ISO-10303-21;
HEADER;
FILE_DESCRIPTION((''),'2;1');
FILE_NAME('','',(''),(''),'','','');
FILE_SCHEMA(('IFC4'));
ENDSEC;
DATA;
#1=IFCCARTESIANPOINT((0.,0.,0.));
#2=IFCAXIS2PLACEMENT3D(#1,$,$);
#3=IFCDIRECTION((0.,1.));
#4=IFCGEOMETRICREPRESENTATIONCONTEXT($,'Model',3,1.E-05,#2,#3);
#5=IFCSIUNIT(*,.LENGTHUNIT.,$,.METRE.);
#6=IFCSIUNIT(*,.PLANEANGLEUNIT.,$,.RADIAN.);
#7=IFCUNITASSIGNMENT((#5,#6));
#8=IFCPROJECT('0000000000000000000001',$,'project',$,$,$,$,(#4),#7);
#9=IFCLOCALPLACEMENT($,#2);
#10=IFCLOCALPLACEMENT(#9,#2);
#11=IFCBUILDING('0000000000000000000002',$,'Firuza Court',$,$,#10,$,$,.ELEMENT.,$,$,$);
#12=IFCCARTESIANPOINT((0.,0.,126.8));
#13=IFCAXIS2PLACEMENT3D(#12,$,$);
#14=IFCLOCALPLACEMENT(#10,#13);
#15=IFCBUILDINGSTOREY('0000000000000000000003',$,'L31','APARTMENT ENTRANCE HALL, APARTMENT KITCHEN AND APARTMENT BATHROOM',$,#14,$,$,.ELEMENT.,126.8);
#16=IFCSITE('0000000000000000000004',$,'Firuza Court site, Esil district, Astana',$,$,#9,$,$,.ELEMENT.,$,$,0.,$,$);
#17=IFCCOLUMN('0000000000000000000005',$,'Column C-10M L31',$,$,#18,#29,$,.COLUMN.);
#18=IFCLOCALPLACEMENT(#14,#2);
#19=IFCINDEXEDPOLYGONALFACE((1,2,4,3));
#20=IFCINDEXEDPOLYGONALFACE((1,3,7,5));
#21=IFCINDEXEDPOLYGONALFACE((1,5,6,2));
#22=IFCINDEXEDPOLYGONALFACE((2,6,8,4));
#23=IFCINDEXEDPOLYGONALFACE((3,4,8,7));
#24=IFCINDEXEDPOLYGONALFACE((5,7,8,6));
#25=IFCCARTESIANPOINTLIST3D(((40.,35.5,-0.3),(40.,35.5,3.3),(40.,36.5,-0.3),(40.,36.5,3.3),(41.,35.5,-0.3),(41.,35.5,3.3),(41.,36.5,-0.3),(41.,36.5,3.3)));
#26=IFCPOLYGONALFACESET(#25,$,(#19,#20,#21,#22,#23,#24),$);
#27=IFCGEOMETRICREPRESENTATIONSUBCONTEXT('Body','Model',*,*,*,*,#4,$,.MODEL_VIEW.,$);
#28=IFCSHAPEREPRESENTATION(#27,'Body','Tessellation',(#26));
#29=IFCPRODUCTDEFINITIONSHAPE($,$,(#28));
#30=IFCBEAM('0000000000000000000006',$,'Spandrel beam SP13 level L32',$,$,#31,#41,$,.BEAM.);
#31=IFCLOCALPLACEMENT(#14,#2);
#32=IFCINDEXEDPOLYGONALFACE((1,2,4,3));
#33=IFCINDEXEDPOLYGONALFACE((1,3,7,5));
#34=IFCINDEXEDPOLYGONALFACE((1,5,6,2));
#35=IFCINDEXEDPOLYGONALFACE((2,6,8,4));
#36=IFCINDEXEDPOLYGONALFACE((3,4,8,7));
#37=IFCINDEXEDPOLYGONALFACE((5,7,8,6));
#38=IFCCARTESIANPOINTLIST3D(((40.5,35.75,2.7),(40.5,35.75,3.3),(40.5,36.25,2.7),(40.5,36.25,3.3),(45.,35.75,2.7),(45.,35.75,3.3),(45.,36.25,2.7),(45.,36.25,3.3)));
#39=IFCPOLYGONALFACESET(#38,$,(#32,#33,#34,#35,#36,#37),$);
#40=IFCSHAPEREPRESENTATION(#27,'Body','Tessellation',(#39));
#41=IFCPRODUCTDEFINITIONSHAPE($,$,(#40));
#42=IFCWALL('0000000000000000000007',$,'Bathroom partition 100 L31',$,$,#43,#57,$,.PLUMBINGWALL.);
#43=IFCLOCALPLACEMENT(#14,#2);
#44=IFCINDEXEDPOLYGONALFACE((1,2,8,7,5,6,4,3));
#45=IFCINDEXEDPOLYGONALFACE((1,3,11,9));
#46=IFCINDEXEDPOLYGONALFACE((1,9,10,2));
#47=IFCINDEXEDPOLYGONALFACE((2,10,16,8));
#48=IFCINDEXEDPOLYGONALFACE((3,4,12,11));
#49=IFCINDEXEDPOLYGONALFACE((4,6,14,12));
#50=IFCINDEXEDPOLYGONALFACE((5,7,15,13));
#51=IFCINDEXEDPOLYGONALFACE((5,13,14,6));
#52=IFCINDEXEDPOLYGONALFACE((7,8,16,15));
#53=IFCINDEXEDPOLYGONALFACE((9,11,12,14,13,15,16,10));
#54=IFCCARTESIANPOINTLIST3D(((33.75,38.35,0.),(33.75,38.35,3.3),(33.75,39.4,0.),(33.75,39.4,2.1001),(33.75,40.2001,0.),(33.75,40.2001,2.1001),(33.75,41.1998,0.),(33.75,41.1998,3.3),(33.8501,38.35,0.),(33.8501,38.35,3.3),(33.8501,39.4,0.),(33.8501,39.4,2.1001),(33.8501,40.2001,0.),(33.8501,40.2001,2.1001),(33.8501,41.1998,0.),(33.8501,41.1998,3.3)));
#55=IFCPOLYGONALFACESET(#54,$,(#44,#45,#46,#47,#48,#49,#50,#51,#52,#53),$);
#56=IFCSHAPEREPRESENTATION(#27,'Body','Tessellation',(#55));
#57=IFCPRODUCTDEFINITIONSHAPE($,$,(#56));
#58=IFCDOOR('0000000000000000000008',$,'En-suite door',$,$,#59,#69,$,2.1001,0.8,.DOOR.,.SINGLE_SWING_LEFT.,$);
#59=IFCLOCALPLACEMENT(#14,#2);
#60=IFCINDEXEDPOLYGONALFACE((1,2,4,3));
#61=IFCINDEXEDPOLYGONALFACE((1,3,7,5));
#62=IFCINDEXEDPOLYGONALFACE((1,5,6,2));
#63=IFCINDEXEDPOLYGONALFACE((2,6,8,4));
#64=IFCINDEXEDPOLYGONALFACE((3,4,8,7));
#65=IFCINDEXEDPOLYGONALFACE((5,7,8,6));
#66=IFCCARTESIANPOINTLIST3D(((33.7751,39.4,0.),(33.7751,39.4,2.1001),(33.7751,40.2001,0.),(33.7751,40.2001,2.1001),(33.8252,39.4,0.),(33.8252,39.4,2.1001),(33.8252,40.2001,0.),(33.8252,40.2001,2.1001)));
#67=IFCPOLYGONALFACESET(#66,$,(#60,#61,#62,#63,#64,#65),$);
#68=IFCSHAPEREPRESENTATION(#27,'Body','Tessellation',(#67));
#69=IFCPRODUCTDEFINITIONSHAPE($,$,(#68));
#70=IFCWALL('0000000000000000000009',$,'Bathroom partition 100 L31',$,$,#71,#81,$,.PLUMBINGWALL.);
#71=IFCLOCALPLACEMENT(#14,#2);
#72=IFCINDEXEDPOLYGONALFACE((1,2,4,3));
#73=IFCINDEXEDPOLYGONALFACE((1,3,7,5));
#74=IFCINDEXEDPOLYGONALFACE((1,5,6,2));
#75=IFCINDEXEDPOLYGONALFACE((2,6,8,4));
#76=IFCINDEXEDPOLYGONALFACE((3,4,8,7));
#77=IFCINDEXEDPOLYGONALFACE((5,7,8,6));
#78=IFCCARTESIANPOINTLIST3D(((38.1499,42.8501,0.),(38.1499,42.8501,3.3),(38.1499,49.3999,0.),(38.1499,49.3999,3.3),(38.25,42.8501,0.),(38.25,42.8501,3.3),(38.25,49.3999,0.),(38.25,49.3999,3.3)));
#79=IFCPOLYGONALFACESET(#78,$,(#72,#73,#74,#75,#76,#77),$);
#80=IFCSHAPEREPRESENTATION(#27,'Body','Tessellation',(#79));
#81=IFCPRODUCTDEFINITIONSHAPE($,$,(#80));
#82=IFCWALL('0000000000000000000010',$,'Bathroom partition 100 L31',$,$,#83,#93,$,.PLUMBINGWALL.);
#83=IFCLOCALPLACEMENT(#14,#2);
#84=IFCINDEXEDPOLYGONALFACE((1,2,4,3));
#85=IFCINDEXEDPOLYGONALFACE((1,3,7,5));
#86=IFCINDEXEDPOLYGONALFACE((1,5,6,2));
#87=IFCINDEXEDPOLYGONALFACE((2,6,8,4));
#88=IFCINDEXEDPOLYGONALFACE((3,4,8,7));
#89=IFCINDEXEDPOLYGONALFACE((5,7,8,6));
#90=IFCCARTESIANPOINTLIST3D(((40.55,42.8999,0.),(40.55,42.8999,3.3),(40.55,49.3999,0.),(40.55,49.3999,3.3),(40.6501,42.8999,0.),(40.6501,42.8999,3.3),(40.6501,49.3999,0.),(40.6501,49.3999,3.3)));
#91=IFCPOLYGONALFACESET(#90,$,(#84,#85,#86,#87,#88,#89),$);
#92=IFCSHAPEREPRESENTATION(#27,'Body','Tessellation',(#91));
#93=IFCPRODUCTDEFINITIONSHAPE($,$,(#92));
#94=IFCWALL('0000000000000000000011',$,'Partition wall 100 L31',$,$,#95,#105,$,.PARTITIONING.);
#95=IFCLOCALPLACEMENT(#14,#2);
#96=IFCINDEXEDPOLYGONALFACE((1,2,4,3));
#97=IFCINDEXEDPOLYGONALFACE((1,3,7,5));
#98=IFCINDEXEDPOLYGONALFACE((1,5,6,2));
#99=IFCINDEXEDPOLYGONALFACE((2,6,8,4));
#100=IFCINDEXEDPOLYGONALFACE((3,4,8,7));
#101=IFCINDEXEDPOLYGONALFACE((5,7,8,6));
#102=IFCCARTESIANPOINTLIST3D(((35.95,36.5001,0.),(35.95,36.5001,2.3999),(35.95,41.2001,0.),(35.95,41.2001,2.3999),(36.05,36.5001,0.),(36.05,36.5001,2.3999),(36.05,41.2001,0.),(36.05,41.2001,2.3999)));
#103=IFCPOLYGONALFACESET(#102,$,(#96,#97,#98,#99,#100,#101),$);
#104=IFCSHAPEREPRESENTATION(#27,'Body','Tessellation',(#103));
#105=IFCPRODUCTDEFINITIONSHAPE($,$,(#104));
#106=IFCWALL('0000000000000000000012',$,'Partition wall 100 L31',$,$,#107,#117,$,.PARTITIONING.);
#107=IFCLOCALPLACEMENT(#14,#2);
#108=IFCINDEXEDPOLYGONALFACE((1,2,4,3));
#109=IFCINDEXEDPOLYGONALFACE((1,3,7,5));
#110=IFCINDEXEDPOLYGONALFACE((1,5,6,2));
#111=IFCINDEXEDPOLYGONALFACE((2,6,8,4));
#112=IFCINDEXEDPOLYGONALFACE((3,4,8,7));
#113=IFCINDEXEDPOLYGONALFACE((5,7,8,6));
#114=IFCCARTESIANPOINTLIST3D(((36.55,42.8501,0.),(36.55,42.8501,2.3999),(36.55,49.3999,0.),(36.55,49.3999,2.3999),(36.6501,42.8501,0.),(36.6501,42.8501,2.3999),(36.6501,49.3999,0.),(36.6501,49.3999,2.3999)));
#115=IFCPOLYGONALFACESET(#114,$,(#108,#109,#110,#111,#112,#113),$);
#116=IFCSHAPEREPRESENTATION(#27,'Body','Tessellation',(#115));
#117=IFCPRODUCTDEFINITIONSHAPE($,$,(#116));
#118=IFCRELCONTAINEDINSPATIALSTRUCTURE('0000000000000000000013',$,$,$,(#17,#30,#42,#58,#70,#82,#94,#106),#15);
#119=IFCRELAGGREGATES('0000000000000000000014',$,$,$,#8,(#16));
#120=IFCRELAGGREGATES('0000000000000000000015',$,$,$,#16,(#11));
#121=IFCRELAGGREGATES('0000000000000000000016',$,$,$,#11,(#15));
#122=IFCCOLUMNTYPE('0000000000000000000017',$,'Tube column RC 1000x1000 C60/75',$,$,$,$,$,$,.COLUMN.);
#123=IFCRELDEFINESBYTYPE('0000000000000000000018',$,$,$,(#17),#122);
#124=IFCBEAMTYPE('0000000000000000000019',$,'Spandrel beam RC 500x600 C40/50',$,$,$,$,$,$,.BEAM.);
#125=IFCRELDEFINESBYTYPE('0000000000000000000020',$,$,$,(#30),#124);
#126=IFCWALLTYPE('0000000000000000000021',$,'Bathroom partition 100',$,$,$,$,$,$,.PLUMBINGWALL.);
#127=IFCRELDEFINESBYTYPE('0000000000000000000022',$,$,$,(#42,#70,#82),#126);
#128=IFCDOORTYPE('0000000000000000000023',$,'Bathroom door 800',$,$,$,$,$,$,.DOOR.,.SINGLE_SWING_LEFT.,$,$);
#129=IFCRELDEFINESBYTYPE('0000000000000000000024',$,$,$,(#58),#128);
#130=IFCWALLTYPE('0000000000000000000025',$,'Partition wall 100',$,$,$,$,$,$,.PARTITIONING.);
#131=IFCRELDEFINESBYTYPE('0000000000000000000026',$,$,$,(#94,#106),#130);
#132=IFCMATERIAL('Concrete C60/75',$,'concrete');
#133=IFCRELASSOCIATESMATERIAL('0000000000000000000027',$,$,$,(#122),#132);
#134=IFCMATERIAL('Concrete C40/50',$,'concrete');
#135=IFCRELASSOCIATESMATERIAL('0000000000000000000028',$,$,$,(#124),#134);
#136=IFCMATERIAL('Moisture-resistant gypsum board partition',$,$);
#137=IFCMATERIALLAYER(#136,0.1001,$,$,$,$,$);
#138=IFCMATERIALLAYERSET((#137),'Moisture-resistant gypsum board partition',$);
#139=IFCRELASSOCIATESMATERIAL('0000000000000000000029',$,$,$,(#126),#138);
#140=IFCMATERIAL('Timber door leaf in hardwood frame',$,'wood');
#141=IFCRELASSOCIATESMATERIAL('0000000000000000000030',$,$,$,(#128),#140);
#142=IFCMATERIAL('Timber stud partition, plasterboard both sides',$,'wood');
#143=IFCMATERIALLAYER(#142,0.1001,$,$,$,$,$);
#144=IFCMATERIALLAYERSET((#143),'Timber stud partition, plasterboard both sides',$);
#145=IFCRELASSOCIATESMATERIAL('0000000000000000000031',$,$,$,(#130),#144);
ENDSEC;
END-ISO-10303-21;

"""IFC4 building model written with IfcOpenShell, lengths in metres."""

from ifc_helpers import new_model, si_unit, direction, frame, frame_2d, origin, origin_2d, place, context, subcontext, project, spatial, rectangle, extrude, material, layer, layer_set, material_profile, profile_set, type_object, element, fill, save


model = new_model("IFC4")

# Units and contexts
model_context = context("Model", 3, precision=1e-05, world=origin(), true_north=direction((0.0, 1.0)))
body_context = subcontext(model_context, "Body", "Model", "MODEL_VIEW")
ifc_project = project(units=[si_unit("LENGTHUNIT", "METRE"), si_unit("PLANEANGLEUNIT", "RADIAN")], contexts=[model_context])

# Site, building, storey
site_placement = place(None, origin())
site = spatial("IfcSite", under=ifc_project, at=site_placement, Name="Firuza Court site, Esil district, Astana", CompositionType="ELEMENT", RefElevation=0.0)
building_placement = place(site_placement, origin())
building = spatial("IfcBuilding", under=site, at=building_placement, Name="Firuza Court", CompositionType="ELEMENT")
storey_placement = place(building_placement, frame((0.0, 0.0, 126.8)))
storey = spatial("IfcBuildingStorey", under=building, at=storey_placement, Name="L31", Description="APARTMENT ENTRANCE HALL, APARTMENT KITCHEN AND APARTMENT BATHROOM", CompositionType="ELEMENT", Elevation=126.8)

# Column
ifc_material_1 = material(Name="Concrete C60/75", Category="concrete")
ifc_material_profile_1 = material_profile(ifc_material_1, rectangle(XDim=1.0, YDim=1.0, at=origin_2d()), Name="RC 1000x1000")
ifc_profile_set_1 = profile_set([ifc_material_profile_1], Name="Concrete C60/75")
column_type = type_object("IfcColumnType", Name="Tube column RC 1000x1000 C60/75", PredefinedType="COLUMN", material=ifc_profile_set_1)
column_placement = place(storey_placement, frame((40.5, 36.0, -0.3), z_axis=(0.0, 0.0, 1.0), x_axis=(1.0, 0.0, 0.0)))
element("IfcColumn", 1, at=column_placement, inside=storey, type_object=column_type, Name="Column C-10M L31", PredefinedType="COLUMN", context=body_context, shape_type="SweptSolid", body=[
    extrude(rectangle(XDim=1.0, YDim=1.0, at=origin_2d()), origin(), (0.0, 0.0, 1.0), 3.6001),
])

# Beam
ifc_material_2 = material(Name="Concrete C40/50", Category="concrete")
ifc_material_profile_2 = material_profile(ifc_material_2, rectangle(XDim=0.5, YDim=0.6001, at=origin_2d()), Name="RC 500x600")
ifc_profile_set_2 = profile_set([ifc_material_profile_2], Name="Concrete C40/50")
beam_type = type_object("IfcBeamType", Name="Spandrel beam RC 500x600 C40/50", PredefinedType="BEAM", material=ifc_profile_set_2)
beam_placement = place(storey_placement, frame((40.5, 36.0, 3.0), z_axis=(1.0, 0.0, 0.0), x_axis=(0.0, 1.0, 0.0)))
element("IfcBeam", 2, at=beam_placement, inside=storey, type_object=beam_type, Name="Spandrel beam SP13 level L32", PredefinedType="BEAM", context=body_context, shape_type="SweptSolid", body=[
    extrude(rectangle(XDim=0.5, YDim=0.6001, at=origin_2d()), origin(), (0.0, 0.0, 1.0), 4.5),
])

# Wall, opening, door
ifc_material_3 = material(Name="Moisture-resistant gypsum board partition")
ifc_layer_1 = layer(ifc_material_3, 0.1001)
ifc_layer_set_1 = layer_set([ifc_layer_1], Name="Moisture-resistant gypsum board partition")
wall_type_1 = type_object("IfcWallType", Name="Bathroom partition 100", PredefinedType="PLUMBINGWALL", material=ifc_layer_set_1)
wall_1_placement = place(storey_placement, frame((33.8, 38.3501, 0.0), z_axis=(0.0, 0.0, 1.0), x_axis=(0.0, 1.0, 0.0)))
wall_1 = element("IfcWall", 3, at=wall_1_placement, inside=storey, type_object=wall_type_1, Name="Bathroom partition 100 L31", PredefinedType="PLUMBINGWALL", context=body_context, shape_type="SweptSolid", body=[
    extrude(rectangle(XDim=2.8499, YDim=0.1001, at=frame_2d((1.4248, 0.0))), origin(), (0.0, 0.0, 1.0), 3.3),
])
opening_1_placement = place(wall_1_placement, frame((1.05, 0.0, 0.0)))
opening_1 = element("IfcOpeningElement", 4, at=opening_1_placement, cuts=wall_1, PredefinedType="OPENING", context=body_context, shape_type="SweptSolid", body=[
    extrude(rectangle(XDim=0.8, YDim=2.1001, at=frame_2d((0.3999, 1.05))), frame((0.0, 0.062, 0.0), z_axis=(0.0, -1.0, 0.0), x_axis=(1.0, 0.0, 0.0)), (0.0, 0.0, 1.0), 0.124),
])
ifc_material_4 = material(Name="Timber door leaf in hardwood frame", Category="wood")
door_type_1 = type_object("IfcDoorType", Name="Bathroom door 800", OperationType="SINGLE_SWING_LEFT", PredefinedType="DOOR", material=ifc_material_4)
door_1_placement = place(opening_1_placement, origin())
door_1 = element("IfcDoor", 5, at=door_1_placement, inside=storey, type_object=door_type_1, Name="En-suite door", OperationType="SINGLE_SWING_LEFT", OverallHeight=2.1001, OverallWidth=0.8, PredefinedType="DOOR", context=body_context, shape_type="SweptSolid", body=[
    extrude(rectangle(XDim=0.8, YDim=2.1001, at=frame_2d((0.3999, 1.05))), frame((0.0, 0.0249, 0.0), z_axis=(0.0, -1.0, 0.0), x_axis=(1.0, 0.0, 0.0)), (0.0, 0.0, 1.0), 0.05),
])
fill(opening_1, door_1)

# Walls
wall_2_placement = place(storey_placement, frame((38.2, 42.8501, 0.0), z_axis=(0.0, 0.0, 1.0), x_axis=(0.0, 1.0, 0.0)))
element("IfcWall", 6, at=wall_2_placement, inside=storey, type_object=wall_type_1, Name="Bathroom partition 100 L31", PredefinedType="PLUMBINGWALL", context=body_context, shape_type="SweptSolid", body=[
    extrude(rectangle(XDim=6.5498, YDim=0.1001, at=frame_2d((3.2749, 0.0))), origin(), (0.0, 0.0, 1.0), 3.3),
])
wall_3_placement = place(storey_placement, frame((40.6001, 42.8999, 0.0), z_axis=(0.0, 0.0, 1.0), x_axis=(0.0, 1.0, 0.0)))
element("IfcWall", 7, at=wall_3_placement, inside=storey, type_object=wall_type_1, Name="Bathroom partition 100 L31", PredefinedType="PLUMBINGWALL", context=body_context, shape_type="SweptSolid", body=[
    extrude(rectangle(XDim=6.5, YDim=0.1001, at=frame_2d((3.25, 0.0))), origin(), (0.0, 0.0, 1.0), 3.3),
])
ifc_material_5 = material(Name="Timber stud partition, plasterboard both sides", Category="wood")
ifc_layer_2 = layer(ifc_material_5, 0.1001)
ifc_layer_set_2 = layer_set([ifc_layer_2], Name="Timber stud partition, plasterboard both sides")
wall_type_2 = type_object("IfcWallType", Name="Partition wall 100", PredefinedType="PARTITIONING", material=ifc_layer_set_2)
wall_4_placement = place(storey_placement, frame((36.0, 36.5, 0.0), z_axis=(0.0, 0.0, 1.0), x_axis=(0.0, 1.0, 0.0)))
element("IfcWall", 8, at=wall_4_placement, inside=storey, type_object=wall_type_2, Name="Partition wall 100 L31", PredefinedType="PARTITIONING", context=body_context, shape_type="SweptSolid", body=[
    extrude(rectangle(XDim=4.7, YDim=0.1001, at=frame_2d((2.3501, 0.0))), origin(), (0.0, 0.0, 1.0), 2.3999),
])
wall_5_placement = place(storey_placement, frame((36.6001, 42.8501, 0.0), z_axis=(0.0, 0.0, 1.0), x_axis=(0.0, 1.0, 0.0)))
element("IfcWall", 9, at=wall_5_placement, inside=storey, type_object=wall_type_2, Name="Partition wall 100 L31", PredefinedType="PARTITIONING", context=body_context, shape_type="SweptSolid", body=[
    extrude(rectangle(XDim=6.5498, YDim=0.1001, at=frame_2d((3.2749, 0.0))), origin(), (0.0, 0.0, 1.0), 2.3999),
])

save(model, "model.ifc")
